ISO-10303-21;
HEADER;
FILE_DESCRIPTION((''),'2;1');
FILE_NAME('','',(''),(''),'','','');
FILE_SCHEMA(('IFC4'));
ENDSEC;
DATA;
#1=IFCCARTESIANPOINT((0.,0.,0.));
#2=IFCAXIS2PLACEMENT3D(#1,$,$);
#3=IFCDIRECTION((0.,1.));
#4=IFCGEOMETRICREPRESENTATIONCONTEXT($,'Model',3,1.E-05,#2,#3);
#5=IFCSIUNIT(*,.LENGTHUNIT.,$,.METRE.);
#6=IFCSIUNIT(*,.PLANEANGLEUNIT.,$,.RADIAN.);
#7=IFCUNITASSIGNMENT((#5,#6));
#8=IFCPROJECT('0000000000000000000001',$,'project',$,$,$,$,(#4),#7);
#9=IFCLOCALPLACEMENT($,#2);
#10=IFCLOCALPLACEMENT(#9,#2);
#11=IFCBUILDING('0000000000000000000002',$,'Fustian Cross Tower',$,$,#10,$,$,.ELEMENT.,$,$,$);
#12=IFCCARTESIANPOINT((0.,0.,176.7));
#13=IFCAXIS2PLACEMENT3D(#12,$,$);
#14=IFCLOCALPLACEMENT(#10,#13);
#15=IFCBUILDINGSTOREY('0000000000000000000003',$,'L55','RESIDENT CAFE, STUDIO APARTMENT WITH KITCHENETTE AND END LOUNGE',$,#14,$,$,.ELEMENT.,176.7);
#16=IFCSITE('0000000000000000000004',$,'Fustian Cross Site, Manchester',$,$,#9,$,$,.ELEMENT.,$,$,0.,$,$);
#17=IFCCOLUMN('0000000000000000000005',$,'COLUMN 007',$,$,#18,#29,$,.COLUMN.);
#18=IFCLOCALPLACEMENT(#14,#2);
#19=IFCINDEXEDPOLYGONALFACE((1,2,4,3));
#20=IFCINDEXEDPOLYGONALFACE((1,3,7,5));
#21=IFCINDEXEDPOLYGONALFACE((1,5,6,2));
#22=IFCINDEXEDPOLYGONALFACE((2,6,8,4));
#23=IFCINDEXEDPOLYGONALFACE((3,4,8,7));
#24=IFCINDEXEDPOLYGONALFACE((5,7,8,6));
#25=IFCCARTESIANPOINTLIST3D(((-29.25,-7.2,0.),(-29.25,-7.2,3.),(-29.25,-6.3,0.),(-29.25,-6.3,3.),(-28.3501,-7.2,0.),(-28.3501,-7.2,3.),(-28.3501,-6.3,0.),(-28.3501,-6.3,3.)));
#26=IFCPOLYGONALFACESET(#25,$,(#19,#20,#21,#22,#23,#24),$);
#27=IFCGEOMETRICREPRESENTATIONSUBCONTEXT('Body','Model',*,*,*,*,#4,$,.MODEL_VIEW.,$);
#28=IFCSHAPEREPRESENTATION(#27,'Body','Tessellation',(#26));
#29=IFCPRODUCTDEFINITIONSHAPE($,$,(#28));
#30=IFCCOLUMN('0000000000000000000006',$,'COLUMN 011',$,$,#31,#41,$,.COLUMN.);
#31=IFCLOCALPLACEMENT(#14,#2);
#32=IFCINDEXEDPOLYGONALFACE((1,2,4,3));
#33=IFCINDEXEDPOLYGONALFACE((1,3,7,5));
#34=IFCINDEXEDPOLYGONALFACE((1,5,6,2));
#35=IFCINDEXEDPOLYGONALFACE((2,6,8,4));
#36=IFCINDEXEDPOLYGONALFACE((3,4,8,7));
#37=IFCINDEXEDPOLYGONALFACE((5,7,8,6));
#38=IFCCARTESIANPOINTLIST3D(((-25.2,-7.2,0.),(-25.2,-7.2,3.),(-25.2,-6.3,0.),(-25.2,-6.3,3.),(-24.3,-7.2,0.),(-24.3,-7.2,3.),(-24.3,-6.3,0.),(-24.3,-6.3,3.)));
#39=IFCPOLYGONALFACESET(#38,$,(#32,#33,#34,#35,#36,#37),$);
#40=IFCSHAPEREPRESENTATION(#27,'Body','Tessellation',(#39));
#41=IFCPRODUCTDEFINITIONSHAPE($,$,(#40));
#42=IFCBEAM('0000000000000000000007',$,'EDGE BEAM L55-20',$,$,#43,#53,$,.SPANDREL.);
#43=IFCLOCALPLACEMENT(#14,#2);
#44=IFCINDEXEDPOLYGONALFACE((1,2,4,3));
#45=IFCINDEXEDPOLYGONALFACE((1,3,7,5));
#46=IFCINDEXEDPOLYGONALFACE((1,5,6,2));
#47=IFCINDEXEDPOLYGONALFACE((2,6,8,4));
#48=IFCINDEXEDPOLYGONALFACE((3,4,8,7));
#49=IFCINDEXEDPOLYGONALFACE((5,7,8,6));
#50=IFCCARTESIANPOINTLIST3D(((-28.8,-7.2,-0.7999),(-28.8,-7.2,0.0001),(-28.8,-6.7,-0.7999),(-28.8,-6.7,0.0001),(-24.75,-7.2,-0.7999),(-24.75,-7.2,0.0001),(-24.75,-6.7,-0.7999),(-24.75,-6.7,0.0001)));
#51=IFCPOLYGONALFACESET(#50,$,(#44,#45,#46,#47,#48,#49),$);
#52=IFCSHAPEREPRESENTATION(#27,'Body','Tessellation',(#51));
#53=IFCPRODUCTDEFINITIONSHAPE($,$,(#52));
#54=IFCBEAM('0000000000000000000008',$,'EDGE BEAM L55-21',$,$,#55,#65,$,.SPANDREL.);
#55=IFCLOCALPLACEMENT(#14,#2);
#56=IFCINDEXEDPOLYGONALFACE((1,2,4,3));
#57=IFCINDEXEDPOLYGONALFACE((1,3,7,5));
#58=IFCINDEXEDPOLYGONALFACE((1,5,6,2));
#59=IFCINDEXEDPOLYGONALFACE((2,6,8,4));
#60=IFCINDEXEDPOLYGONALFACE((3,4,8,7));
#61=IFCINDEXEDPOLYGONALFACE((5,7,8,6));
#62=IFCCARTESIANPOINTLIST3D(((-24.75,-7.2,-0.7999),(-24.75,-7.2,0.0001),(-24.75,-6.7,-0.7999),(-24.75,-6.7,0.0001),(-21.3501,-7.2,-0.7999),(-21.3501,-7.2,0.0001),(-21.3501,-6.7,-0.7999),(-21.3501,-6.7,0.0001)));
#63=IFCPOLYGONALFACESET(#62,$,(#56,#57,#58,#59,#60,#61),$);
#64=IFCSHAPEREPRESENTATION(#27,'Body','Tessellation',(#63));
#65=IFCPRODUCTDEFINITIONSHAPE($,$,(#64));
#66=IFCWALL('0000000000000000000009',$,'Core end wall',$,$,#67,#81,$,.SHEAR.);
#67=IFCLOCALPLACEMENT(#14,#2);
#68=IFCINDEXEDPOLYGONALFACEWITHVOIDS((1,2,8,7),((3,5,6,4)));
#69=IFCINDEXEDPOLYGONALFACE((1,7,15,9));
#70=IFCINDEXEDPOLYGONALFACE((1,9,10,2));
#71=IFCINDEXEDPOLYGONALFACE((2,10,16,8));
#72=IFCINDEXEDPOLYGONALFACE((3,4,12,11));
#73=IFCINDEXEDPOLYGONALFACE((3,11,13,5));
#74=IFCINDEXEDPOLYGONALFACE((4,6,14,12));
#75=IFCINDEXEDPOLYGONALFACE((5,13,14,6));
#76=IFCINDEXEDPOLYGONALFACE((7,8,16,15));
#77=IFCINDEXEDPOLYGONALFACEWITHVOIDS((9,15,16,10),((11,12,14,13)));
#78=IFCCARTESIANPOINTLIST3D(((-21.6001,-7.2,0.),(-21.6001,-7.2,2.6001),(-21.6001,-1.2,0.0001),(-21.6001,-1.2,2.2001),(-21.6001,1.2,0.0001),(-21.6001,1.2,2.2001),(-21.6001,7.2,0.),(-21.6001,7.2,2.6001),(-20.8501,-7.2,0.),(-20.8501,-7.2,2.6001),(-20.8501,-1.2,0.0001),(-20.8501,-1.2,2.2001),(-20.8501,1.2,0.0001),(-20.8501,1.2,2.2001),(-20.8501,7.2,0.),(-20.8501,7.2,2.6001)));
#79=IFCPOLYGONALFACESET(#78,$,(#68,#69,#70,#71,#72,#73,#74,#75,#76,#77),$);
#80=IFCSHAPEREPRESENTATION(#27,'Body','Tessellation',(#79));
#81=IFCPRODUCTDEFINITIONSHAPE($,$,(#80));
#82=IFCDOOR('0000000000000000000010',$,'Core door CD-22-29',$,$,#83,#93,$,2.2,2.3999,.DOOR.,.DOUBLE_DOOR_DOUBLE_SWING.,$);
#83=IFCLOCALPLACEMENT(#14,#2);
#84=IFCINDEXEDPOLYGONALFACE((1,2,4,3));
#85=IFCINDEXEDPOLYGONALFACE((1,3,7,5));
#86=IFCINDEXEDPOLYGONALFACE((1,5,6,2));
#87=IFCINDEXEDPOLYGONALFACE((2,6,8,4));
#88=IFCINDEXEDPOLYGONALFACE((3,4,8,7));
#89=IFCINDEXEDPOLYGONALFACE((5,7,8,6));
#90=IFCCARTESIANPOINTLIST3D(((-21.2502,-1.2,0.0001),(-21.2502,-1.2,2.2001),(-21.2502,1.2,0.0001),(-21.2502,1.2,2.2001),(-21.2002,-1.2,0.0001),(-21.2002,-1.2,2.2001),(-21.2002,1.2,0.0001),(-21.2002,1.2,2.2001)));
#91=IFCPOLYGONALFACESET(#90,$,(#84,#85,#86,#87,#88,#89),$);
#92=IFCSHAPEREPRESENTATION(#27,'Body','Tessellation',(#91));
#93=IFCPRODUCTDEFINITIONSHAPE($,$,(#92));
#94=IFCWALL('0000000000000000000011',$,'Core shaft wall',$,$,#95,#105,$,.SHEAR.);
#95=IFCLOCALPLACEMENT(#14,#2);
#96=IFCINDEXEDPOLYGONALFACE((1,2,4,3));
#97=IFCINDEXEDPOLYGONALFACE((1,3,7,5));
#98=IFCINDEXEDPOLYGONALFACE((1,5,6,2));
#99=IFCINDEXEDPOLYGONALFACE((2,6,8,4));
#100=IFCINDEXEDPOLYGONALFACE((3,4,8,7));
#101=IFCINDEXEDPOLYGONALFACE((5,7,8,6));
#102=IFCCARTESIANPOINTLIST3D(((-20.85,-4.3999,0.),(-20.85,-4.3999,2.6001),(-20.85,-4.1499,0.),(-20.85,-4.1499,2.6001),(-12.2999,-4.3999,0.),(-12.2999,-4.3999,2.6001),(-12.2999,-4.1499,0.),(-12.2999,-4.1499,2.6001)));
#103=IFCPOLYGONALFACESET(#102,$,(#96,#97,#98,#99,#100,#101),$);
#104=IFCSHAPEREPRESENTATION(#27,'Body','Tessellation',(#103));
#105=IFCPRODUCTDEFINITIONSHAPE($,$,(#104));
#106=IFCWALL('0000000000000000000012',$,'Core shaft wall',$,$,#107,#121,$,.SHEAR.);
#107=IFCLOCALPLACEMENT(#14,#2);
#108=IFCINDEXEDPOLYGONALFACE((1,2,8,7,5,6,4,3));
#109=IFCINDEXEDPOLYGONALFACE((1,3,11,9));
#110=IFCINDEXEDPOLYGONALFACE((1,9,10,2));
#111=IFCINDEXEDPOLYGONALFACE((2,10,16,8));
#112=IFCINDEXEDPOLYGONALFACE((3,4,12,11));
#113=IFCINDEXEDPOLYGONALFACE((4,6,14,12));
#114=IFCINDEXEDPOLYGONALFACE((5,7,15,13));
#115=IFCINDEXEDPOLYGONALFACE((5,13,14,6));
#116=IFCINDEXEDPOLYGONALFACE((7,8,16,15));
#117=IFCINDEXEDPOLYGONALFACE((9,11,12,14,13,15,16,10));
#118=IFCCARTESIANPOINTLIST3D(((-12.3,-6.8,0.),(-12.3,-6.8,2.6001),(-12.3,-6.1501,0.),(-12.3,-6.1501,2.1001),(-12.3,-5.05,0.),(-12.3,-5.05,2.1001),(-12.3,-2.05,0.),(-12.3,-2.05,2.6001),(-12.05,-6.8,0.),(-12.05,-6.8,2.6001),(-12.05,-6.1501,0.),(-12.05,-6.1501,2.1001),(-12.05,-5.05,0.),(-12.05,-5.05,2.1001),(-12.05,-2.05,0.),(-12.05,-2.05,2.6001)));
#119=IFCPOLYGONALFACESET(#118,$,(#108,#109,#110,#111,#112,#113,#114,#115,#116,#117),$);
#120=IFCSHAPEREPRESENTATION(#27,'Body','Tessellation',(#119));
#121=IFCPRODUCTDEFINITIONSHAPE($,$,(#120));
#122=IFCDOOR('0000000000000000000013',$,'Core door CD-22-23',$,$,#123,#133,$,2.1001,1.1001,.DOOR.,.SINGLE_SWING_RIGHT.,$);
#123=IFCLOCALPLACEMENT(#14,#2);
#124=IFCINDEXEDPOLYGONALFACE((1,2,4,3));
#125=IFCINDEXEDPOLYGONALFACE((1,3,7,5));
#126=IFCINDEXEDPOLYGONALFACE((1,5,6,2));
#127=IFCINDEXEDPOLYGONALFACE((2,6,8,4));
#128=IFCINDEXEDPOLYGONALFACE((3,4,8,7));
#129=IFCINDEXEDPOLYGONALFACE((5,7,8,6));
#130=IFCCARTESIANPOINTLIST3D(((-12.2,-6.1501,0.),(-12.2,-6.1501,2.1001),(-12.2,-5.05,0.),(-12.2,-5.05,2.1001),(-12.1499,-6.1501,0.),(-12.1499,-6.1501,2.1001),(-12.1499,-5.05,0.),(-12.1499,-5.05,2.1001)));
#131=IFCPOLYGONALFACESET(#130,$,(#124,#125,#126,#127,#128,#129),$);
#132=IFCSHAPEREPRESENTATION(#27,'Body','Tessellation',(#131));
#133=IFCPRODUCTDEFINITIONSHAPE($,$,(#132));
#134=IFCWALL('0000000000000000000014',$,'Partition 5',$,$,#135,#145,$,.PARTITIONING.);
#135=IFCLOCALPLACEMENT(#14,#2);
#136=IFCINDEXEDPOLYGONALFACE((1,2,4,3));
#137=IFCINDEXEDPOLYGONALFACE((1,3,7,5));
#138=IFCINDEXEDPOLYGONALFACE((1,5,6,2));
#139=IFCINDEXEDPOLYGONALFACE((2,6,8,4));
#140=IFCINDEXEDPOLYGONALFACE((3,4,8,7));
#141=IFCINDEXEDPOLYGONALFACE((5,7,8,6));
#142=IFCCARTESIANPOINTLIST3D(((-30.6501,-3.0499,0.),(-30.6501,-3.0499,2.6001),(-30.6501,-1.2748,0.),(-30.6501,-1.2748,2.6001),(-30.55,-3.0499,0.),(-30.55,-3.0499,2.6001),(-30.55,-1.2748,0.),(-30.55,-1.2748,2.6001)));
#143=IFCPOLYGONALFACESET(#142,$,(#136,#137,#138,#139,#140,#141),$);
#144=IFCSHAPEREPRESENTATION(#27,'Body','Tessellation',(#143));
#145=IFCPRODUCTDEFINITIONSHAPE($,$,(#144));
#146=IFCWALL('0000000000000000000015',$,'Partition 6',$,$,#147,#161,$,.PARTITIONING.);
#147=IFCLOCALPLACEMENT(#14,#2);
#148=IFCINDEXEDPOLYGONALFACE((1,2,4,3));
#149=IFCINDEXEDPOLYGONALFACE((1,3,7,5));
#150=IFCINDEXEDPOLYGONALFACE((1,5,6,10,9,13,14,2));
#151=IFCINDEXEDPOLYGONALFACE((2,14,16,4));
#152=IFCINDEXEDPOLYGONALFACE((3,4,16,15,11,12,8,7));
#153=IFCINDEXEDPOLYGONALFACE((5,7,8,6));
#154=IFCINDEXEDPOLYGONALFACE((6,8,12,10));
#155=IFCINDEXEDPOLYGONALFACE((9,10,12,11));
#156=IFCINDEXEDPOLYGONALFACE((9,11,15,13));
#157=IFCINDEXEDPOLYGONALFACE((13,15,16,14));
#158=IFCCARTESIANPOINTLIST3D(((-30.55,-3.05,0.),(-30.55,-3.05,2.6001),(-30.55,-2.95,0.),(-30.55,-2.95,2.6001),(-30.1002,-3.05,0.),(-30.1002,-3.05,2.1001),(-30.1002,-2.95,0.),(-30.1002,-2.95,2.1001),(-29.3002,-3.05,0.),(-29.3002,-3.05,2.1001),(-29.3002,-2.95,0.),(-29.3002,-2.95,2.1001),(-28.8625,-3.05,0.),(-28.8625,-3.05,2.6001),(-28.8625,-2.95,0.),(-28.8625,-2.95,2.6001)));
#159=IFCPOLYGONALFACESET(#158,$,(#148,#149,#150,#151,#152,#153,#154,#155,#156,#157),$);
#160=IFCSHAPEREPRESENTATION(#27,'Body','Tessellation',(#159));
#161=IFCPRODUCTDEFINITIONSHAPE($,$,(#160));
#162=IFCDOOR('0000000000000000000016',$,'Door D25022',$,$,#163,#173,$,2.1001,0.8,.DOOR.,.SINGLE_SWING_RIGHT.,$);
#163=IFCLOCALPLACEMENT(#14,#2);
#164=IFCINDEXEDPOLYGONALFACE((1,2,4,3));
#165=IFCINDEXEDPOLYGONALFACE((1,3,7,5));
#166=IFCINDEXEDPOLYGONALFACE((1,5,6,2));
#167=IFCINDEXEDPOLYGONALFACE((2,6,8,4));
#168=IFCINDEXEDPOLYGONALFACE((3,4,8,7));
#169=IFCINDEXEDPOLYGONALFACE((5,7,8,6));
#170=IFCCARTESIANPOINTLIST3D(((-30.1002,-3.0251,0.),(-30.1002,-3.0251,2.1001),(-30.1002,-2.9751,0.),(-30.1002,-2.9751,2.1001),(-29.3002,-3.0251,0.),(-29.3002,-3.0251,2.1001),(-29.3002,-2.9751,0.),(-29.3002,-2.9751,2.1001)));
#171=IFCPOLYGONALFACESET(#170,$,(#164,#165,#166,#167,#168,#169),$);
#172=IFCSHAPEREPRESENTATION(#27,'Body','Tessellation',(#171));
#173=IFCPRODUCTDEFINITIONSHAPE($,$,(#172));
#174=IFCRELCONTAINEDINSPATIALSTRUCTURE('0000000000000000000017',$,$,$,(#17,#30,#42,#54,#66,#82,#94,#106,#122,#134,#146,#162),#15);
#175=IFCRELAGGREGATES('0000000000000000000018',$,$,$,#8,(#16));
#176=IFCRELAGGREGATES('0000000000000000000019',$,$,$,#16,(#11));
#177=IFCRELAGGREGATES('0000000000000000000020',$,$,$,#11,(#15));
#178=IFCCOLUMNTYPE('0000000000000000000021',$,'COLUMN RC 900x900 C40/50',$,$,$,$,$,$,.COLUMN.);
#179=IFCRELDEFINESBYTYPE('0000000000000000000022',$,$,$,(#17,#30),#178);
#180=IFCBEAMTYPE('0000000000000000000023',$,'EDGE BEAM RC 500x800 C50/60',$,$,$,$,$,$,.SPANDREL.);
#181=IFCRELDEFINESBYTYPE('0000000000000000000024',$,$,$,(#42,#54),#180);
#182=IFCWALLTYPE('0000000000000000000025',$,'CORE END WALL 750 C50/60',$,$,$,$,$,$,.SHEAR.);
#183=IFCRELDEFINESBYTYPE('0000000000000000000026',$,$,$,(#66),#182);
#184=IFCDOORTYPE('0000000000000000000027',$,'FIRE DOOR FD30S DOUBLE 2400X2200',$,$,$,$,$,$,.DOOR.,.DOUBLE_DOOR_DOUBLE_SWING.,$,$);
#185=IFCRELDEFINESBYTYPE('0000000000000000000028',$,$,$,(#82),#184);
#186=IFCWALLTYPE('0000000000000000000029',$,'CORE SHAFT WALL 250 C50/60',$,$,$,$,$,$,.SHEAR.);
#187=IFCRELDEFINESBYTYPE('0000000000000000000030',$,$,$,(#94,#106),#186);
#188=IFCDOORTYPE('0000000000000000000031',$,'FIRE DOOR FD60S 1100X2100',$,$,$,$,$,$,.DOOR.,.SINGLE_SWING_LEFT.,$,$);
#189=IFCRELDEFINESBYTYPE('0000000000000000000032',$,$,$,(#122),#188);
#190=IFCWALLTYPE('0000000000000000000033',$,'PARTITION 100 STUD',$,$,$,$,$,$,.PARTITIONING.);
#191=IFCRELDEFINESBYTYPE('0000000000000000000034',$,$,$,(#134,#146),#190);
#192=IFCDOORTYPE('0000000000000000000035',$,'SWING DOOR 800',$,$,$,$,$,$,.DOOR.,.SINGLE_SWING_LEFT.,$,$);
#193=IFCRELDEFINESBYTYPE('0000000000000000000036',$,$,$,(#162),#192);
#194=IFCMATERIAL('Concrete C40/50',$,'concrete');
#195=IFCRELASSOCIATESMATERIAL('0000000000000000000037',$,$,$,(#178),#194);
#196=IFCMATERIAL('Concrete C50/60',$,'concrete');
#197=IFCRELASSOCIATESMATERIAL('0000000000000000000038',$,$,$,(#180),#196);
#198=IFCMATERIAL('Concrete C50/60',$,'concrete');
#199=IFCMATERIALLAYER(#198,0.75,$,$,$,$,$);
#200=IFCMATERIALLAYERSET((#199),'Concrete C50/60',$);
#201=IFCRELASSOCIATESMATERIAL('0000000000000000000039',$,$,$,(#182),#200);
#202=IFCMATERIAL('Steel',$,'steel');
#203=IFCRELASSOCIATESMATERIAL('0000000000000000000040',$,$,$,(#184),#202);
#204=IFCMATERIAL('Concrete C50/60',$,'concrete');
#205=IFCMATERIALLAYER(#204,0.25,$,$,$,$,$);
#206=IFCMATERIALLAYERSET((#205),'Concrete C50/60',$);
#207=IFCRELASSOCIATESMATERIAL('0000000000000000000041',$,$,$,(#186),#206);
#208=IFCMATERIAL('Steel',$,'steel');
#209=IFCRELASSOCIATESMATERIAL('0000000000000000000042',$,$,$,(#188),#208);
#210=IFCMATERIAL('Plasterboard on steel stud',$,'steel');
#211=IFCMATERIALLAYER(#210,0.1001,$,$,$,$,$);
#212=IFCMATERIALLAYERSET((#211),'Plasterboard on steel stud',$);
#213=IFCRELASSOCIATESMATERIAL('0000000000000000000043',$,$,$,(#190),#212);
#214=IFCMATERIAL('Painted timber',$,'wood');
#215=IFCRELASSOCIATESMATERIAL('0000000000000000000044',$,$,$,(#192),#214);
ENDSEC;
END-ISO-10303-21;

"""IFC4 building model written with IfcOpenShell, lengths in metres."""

from ifc_helpers import new_model, si_unit, direction, frame, frame_2d, origin, origin_2d, place, context, subcontext, project, spatial, rectangle, extrude, material, layer, layer_set, material_profile, profile_set, type_object, element, fill, save


model = new_model("IFC4")

# Units and contexts
model_context = context("Model", 3, precision=1e-05, world=origin(), true_north=direction((0.0, 1.0)))
body_context = subcontext(model_context, "Body", "Model", "MODEL_VIEW")
ifc_project = project(units=[si_unit("LENGTHUNIT", "METRE"), si_unit("PLANEANGLEUNIT", "RADIAN")], contexts=[model_context])

# Site, building, storey
site_placement = place(None, origin())
site = spatial("IfcSite", under=ifc_project, at=site_placement, Name="Fustian Cross Site, Manchester", CompositionType="ELEMENT", RefElevation=0.0)
building_placement = place(site_placement, origin())
building = spatial("IfcBuilding", under=site, at=building_placement, Name="Fustian Cross Tower", CompositionType="ELEMENT")
storey_placement = place(building_placement, frame((0.0, 0.0, 176.7)))
storey = spatial("IfcBuildingStorey", under=building, at=storey_placement, Name="L55", Description="RESIDENT CAFE, STUDIO APARTMENT WITH KITCHENETTE AND END LOUNGE", CompositionType="ELEMENT", Elevation=176.7)

# Columns
ifc_material_1 = material(Name="Concrete C40/50", Category="concrete")
ifc_material_profile_1 = material_profile(ifc_material_1, rectangle(XDim=0.8999, YDim=0.8999, at=origin_2d()), Name="RC 900x900")
ifc_profile_set_1 = profile_set([ifc_material_profile_1], Name="Concrete C40/50")
column_type = type_object("IfcColumnType", Name="COLUMN RC 900x900 C40/50", PredefinedType="COLUMN", material=ifc_profile_set_1)
for number, where, z_axis, x_axis, name in (
    (1, (-28.8, -6.75, 0.0), (0.0, 0.0, 1.0), (1.0, 0.0, 0.0), "COLUMN 007"),
    (2, (-24.75, -6.75, 0.0), (0.0, 0.0, 1.0), (1.0, 0.0, 0.0), "COLUMN 011"),
):
    element("IfcColumn", number, at=place(storey_placement, frame(where, z_axis=z_axis, x_axis=x_axis)), inside=storey, type_object=column_type, Name=name, PredefinedType="COLUMN", context=body_context, shape_type="SweptSolid", body=[
        extrude(rectangle(XDim=0.8999, YDim=0.8999, at=origin_2d()), origin(), (0.0, 0.0, 1.0), 3.0),
    ])

# Beams
ifc_material_2 = material(Name="Concrete C50/60", Category="concrete")
ifc_material_profile_2 = material_profile(ifc_material_2, rectangle(XDim=0.5, YDim=0.8, at=origin_2d()), Name="RC 500x800")
ifc_profile_set_2 = profile_set([ifc_material_profile_2], Name="Concrete C50/60")
beam_type = type_object("IfcBeamType", Name="EDGE BEAM RC 500x800 C50/60", PredefinedType="SPANDREL", material=ifc_profile_set_2)
beam_1_placement = place(storey_placement, frame((-28.8, -6.95, -0.3999), z_axis=(1.0, 0.0, 0.0), x_axis=(0.0, 1.0, 0.0)))
element("IfcBeam", 3, at=beam_1_placement, inside=storey, type_object=beam_type, Name="EDGE BEAM L55-20", PredefinedType="SPANDREL", context=body_context, shape_type="SweptSolid", body=[
    extrude(rectangle(XDim=0.5, YDim=0.8, at=origin_2d()), origin(), (0.0, 0.0, 1.0), 4.05),
])
beam_2_placement = place(storey_placement, frame((-24.75, -6.95, -0.3999), z_axis=(1.0, 0.0, 0.0), x_axis=(0.0, 1.0, 0.0)))
element("IfcBeam", 4, at=beam_2_placement, inside=storey, type_object=beam_type, Name="EDGE BEAM L55-21", PredefinedType="SPANDREL", context=body_context, shape_type="SweptSolid", body=[
    extrude(rectangle(XDim=0.5, YDim=0.8, at=origin_2d()), origin(), (0.0, 0.0, 1.0), 3.3999),
])

# Wall, opening, door
ifc_material_3 = material(Name="Concrete C50/60", Category="concrete")
ifc_layer_1 = layer(ifc_material_3, 0.75)
ifc_layer_set_1 = layer_set([ifc_layer_1], Name="Concrete C50/60")
wall_type_1 = type_object("IfcWallType", Name="CORE END WALL 750 C50/60", PredefinedType="SHEAR", material=ifc_layer_set_1)
wall_1_placement = place(storey_placement, frame((-21.2251, -7.2, 0.0), z_axis=(0.0, 0.0, 1.0), x_axis=(0.0, 1.0, 0.0)))
wall_1 = element("IfcWall", 5, at=wall_1_placement, inside=storey, type_object=wall_type_1, Name="Core end wall", PredefinedType="SHEAR", context=body_context, shape_type="SweptSolid", body=[
    extrude(rectangle(XDim=14.3999, YDim=0.75, at=frame_2d((7.2, 0.0))), origin(), (0.0, 0.0, 1.0), 2.6001),
])
opening_1_placement = place(wall_1_placement, frame((6.0, 0.0, 0.0)))
opening_1 = element("IfcOpeningElement", 6, at=opening_1_placement, cuts=wall_1, PredefinedType="OPENING", context=body_context, shape_type="SweptSolid", body=[
    extrude(rectangle(XDim=2.3999, YDim=2.2, at=frame_2d((1.2, 1.1001))), frame((0.0, 0.385, 0.0), z_axis=(0.0, -1.0, 0.0), x_axis=(1.0, 0.0, 0.0)), (0.0, 0.0, 1.0), 0.77),
])
ifc_material_4 = material(Name="Steel", Category="steel")
door_type_1 = type_object("IfcDoorType", Name="FIRE DOOR FD30S DOUBLE 2400X2200", OperationType="DOUBLE_DOOR_DOUBLE_SWING", PredefinedType="DOOR", material=ifc_material_4)
door_1_placement = place(opening_1_placement, frame((2.3999, 0.0, 0.0), z_axis=(0.0, 0.0, 1.0), x_axis=(-1.0, 0.0, 0.0)))
door_1 = element("IfcDoor", 7, at=door_1_placement, inside=storey, type_object=door_type_1, Name="Core door CD-22-29", OperationType="DOUBLE_DOOR_DOUBLE_SWING", OverallHeight=2.2, OverallWidth=2.3999, PredefinedType="DOOR", context=body_context, shape_type="SweptSolid", body=[
    extrude(rectangle(XDim=2.3999, YDim=2.2, at=frame_2d((1.2, 1.1001))), frame((0.0, 0.0249, 0.0), z_axis=(0.0, -1.0, 0.0), x_axis=(1.0, 0.0, 0.0)), (0.0, 0.0, 1.0), 0.05),
])
fill(opening_1, door_1)

# Wall
ifc_material_5 = material(Name="Concrete C50/60", Category="concrete")
ifc_layer_2 = layer(ifc_material_5, 0.25)
ifc_layer_set_2 = layer_set([ifc_layer_2], Name="Concrete C50/60")
wall_type_2 = type_object("IfcWallType", Name="CORE SHAFT WALL 250 C50/60", PredefinedType="SHEAR", material=ifc_layer_set_2)
wall_2_placement = place(storey_placement, frame((-12.3, -4.2749, 0.0), z_axis=(0.0, 0.0, 1.0), x_axis=(-1.0, 0.0, 0.0)))
element("IfcWall", 8, at=wall_2_placement, inside=storey, type_object=wall_type_2, Name="Core shaft wall", PredefinedType="SHEAR", context=body_context, shape_type="SweptSolid", body=[
    extrude(rectangle(XDim=8.55, YDim=0.25, at=frame_2d((4.2749, 0.0))), origin(), (0.0, 0.0, 1.0), 2.6001),
])

# Wall, opening, door
wall_3_placement = place(storey_placement, frame((-12.175, -2.05, 0.0), z_axis=(0.0, 0.0, 1.0), x_axis=(0.0, -1.0, 0.0)))
wall_3 = element("IfcWall", 9, at=wall_3_placement, inside=storey, type_object=wall_type_2, Name="Core shaft wall", PredefinedType="SHEAR", context=body_context, shape_type="SweptSolid", body=[
    extrude(rectangle(XDim=4.75, YDim=0.25, at=frame_2d((2.375, 0.0))), origin(), (0.0, 0.0, 1.0), 2.6001),
])
opening_2_placement = place(wall_3_placement, frame((3.0, 0.0, 0.0)))
opening_2 = element("IfcOpeningElement", 10, at=opening_2_placement, cuts=wall_3, PredefinedType="OPENING", context=body_context, shape_type="SweptSolid", body=[
    extrude(rectangle(XDim=1.1001, YDim=2.1001, at=frame_2d((0.55, 1.05))), frame((0.0, 0.135, 0.0), z_axis=(0.0, -1.0, 0.0), x_axis=(1.0, 0.0, 0.0)), (0.0, 0.0, 1.0), 0.27),
])
ifc_material_6 = material(Name="Steel", Category="steel")
door_type_2 = type_object("IfcDoorType", Name="FIRE DOOR FD60S 1100X2100", OperationType="SINGLE_SWING_LEFT", PredefinedType="DOOR", material=ifc_material_6)
door_2_placement = place(opening_2_placement, frame((1.1001, 0.0, 0.0), z_axis=(0.0, 0.0, 1.0), x_axis=(-1.0, 0.0, 0.0)))
door_2 = element("IfcDoor", 11, at=door_2_placement, inside=storey, type_object=door_type_2, Name="Core door CD-22-23", OperationType="SINGLE_SWING_RIGHT", OverallHeight=2.1001, OverallWidth=1.1001, PredefinedType="DOOR", context=body_context, shape_type="SweptSolid", body=[
    extrude(rectangle(XDim=1.1001, YDim=2.1001, at=frame_2d((0.55, 1.05))), frame((0.0, 0.0249, 0.0), z_axis=(0.0, -1.0, 0.0), x_axis=(1.0, 0.0, 0.0)), (0.0, 0.0, 1.0), 0.05),
])
fill(opening_2, door_2)

# Wall
ifc_material_7 = material(Name="Plasterboard on steel stud", Category="steel")
ifc_layer_3 = layer(ifc_material_7, 0.1001)
ifc_layer_set_3 = layer_set([ifc_layer_3], Name="Plasterboard on steel stud")
wall_type_3 = type_object("IfcWallType", Name="PARTITION 100 STUD", PredefinedType="PARTITIONING", material=ifc_layer_set_3)
wall_4_placement = place(storey_placement, frame((-30.6001, -3.05, 0.0), z_axis=(0.0, 0.0, 1.0), x_axis=(0.0, 1.0, 0.0)))
element("IfcWall", 12, at=wall_4_placement, inside=storey, type_object=wall_type_3, Name="Partition 5", PredefinedType="PARTITIONING", context=body_context, shape_type="SweptSolid", body=[
    extrude(rectangle(XDim=1.7751, YDim=0.1001, at=frame_2d((0.8877, 0.0))), origin(), (0.0, 0.0, 1.0), 2.6001),
])

# Wall, opening, door
wall_5_placement = place(storey_placement, frame((-30.55, -3.0, 0.0), z_axis=(0.0, 0.0, 1.0), x_axis=(1.0, 0.0, 0.0)))
wall_5 = element("IfcWall", 13, at=wall_5_placement, inside=storey, type_object=wall_type_3, Name="Partition 6", PredefinedType="PARTITIONING", context=body_context, shape_type="SweptSolid", body=[
    extrude(rectangle(XDim=1.6875, YDim=0.1001, at=frame_2d((0.8438, 0.0))), origin(), (0.0, 0.0, 1.0), 2.6001),
])
opening_3_placement = place(wall_5_placement, frame((0.45, 0.0, 0.0)))
opening_3 = element("IfcOpeningElement", 14, at=opening_3_placement, cuts=wall_5, PredefinedType="OPENING", context=body_context, shape_type="SweptSolid", body=[
    extrude(rectangle(XDim=0.8, YDim=2.1001, at=frame_2d((0.3999, 1.05))), frame((0.0, 0.0601, 0.0), z_axis=(0.0, -1.0, 0.0), x_axis=(1.0, 0.0, 0.0)), (0.0, 0.0, 1.0), 0.1201),
])
ifc_material_8 = material(Name="Painted timber", Category="wood")
door_type_3 = type_object("IfcDoorType", Name="SWING DOOR 800", OperationType="SINGLE_SWING_LEFT", PredefinedType="DOOR", material=ifc_material_8)
door_3_placement = place(opening_3_placement, origin())
door_3 = element("IfcDoor", 15, at=door_3_placement, inside=storey, type_object=door_type_3, Name="Door D25022", OperationType="SINGLE_SWING_RIGHT", OverallHeight=2.1001, OverallWidth=0.8, PredefinedType="DOOR", context=body_context, shape_type="SweptSolid", body=[
    extrude(rectangle(XDim=0.8, YDim=2.1001, at=frame_2d((0.3999, 1.05))), frame((0.0, 0.0249, 0.0), z_axis=(0.0, -1.0, 0.0), x_axis=(1.0, 0.0, 0.0)), (0.0, 0.0, 1.0), 0.05),
])
fill(opening_3, door_3)

save(model, "model.ifc")
